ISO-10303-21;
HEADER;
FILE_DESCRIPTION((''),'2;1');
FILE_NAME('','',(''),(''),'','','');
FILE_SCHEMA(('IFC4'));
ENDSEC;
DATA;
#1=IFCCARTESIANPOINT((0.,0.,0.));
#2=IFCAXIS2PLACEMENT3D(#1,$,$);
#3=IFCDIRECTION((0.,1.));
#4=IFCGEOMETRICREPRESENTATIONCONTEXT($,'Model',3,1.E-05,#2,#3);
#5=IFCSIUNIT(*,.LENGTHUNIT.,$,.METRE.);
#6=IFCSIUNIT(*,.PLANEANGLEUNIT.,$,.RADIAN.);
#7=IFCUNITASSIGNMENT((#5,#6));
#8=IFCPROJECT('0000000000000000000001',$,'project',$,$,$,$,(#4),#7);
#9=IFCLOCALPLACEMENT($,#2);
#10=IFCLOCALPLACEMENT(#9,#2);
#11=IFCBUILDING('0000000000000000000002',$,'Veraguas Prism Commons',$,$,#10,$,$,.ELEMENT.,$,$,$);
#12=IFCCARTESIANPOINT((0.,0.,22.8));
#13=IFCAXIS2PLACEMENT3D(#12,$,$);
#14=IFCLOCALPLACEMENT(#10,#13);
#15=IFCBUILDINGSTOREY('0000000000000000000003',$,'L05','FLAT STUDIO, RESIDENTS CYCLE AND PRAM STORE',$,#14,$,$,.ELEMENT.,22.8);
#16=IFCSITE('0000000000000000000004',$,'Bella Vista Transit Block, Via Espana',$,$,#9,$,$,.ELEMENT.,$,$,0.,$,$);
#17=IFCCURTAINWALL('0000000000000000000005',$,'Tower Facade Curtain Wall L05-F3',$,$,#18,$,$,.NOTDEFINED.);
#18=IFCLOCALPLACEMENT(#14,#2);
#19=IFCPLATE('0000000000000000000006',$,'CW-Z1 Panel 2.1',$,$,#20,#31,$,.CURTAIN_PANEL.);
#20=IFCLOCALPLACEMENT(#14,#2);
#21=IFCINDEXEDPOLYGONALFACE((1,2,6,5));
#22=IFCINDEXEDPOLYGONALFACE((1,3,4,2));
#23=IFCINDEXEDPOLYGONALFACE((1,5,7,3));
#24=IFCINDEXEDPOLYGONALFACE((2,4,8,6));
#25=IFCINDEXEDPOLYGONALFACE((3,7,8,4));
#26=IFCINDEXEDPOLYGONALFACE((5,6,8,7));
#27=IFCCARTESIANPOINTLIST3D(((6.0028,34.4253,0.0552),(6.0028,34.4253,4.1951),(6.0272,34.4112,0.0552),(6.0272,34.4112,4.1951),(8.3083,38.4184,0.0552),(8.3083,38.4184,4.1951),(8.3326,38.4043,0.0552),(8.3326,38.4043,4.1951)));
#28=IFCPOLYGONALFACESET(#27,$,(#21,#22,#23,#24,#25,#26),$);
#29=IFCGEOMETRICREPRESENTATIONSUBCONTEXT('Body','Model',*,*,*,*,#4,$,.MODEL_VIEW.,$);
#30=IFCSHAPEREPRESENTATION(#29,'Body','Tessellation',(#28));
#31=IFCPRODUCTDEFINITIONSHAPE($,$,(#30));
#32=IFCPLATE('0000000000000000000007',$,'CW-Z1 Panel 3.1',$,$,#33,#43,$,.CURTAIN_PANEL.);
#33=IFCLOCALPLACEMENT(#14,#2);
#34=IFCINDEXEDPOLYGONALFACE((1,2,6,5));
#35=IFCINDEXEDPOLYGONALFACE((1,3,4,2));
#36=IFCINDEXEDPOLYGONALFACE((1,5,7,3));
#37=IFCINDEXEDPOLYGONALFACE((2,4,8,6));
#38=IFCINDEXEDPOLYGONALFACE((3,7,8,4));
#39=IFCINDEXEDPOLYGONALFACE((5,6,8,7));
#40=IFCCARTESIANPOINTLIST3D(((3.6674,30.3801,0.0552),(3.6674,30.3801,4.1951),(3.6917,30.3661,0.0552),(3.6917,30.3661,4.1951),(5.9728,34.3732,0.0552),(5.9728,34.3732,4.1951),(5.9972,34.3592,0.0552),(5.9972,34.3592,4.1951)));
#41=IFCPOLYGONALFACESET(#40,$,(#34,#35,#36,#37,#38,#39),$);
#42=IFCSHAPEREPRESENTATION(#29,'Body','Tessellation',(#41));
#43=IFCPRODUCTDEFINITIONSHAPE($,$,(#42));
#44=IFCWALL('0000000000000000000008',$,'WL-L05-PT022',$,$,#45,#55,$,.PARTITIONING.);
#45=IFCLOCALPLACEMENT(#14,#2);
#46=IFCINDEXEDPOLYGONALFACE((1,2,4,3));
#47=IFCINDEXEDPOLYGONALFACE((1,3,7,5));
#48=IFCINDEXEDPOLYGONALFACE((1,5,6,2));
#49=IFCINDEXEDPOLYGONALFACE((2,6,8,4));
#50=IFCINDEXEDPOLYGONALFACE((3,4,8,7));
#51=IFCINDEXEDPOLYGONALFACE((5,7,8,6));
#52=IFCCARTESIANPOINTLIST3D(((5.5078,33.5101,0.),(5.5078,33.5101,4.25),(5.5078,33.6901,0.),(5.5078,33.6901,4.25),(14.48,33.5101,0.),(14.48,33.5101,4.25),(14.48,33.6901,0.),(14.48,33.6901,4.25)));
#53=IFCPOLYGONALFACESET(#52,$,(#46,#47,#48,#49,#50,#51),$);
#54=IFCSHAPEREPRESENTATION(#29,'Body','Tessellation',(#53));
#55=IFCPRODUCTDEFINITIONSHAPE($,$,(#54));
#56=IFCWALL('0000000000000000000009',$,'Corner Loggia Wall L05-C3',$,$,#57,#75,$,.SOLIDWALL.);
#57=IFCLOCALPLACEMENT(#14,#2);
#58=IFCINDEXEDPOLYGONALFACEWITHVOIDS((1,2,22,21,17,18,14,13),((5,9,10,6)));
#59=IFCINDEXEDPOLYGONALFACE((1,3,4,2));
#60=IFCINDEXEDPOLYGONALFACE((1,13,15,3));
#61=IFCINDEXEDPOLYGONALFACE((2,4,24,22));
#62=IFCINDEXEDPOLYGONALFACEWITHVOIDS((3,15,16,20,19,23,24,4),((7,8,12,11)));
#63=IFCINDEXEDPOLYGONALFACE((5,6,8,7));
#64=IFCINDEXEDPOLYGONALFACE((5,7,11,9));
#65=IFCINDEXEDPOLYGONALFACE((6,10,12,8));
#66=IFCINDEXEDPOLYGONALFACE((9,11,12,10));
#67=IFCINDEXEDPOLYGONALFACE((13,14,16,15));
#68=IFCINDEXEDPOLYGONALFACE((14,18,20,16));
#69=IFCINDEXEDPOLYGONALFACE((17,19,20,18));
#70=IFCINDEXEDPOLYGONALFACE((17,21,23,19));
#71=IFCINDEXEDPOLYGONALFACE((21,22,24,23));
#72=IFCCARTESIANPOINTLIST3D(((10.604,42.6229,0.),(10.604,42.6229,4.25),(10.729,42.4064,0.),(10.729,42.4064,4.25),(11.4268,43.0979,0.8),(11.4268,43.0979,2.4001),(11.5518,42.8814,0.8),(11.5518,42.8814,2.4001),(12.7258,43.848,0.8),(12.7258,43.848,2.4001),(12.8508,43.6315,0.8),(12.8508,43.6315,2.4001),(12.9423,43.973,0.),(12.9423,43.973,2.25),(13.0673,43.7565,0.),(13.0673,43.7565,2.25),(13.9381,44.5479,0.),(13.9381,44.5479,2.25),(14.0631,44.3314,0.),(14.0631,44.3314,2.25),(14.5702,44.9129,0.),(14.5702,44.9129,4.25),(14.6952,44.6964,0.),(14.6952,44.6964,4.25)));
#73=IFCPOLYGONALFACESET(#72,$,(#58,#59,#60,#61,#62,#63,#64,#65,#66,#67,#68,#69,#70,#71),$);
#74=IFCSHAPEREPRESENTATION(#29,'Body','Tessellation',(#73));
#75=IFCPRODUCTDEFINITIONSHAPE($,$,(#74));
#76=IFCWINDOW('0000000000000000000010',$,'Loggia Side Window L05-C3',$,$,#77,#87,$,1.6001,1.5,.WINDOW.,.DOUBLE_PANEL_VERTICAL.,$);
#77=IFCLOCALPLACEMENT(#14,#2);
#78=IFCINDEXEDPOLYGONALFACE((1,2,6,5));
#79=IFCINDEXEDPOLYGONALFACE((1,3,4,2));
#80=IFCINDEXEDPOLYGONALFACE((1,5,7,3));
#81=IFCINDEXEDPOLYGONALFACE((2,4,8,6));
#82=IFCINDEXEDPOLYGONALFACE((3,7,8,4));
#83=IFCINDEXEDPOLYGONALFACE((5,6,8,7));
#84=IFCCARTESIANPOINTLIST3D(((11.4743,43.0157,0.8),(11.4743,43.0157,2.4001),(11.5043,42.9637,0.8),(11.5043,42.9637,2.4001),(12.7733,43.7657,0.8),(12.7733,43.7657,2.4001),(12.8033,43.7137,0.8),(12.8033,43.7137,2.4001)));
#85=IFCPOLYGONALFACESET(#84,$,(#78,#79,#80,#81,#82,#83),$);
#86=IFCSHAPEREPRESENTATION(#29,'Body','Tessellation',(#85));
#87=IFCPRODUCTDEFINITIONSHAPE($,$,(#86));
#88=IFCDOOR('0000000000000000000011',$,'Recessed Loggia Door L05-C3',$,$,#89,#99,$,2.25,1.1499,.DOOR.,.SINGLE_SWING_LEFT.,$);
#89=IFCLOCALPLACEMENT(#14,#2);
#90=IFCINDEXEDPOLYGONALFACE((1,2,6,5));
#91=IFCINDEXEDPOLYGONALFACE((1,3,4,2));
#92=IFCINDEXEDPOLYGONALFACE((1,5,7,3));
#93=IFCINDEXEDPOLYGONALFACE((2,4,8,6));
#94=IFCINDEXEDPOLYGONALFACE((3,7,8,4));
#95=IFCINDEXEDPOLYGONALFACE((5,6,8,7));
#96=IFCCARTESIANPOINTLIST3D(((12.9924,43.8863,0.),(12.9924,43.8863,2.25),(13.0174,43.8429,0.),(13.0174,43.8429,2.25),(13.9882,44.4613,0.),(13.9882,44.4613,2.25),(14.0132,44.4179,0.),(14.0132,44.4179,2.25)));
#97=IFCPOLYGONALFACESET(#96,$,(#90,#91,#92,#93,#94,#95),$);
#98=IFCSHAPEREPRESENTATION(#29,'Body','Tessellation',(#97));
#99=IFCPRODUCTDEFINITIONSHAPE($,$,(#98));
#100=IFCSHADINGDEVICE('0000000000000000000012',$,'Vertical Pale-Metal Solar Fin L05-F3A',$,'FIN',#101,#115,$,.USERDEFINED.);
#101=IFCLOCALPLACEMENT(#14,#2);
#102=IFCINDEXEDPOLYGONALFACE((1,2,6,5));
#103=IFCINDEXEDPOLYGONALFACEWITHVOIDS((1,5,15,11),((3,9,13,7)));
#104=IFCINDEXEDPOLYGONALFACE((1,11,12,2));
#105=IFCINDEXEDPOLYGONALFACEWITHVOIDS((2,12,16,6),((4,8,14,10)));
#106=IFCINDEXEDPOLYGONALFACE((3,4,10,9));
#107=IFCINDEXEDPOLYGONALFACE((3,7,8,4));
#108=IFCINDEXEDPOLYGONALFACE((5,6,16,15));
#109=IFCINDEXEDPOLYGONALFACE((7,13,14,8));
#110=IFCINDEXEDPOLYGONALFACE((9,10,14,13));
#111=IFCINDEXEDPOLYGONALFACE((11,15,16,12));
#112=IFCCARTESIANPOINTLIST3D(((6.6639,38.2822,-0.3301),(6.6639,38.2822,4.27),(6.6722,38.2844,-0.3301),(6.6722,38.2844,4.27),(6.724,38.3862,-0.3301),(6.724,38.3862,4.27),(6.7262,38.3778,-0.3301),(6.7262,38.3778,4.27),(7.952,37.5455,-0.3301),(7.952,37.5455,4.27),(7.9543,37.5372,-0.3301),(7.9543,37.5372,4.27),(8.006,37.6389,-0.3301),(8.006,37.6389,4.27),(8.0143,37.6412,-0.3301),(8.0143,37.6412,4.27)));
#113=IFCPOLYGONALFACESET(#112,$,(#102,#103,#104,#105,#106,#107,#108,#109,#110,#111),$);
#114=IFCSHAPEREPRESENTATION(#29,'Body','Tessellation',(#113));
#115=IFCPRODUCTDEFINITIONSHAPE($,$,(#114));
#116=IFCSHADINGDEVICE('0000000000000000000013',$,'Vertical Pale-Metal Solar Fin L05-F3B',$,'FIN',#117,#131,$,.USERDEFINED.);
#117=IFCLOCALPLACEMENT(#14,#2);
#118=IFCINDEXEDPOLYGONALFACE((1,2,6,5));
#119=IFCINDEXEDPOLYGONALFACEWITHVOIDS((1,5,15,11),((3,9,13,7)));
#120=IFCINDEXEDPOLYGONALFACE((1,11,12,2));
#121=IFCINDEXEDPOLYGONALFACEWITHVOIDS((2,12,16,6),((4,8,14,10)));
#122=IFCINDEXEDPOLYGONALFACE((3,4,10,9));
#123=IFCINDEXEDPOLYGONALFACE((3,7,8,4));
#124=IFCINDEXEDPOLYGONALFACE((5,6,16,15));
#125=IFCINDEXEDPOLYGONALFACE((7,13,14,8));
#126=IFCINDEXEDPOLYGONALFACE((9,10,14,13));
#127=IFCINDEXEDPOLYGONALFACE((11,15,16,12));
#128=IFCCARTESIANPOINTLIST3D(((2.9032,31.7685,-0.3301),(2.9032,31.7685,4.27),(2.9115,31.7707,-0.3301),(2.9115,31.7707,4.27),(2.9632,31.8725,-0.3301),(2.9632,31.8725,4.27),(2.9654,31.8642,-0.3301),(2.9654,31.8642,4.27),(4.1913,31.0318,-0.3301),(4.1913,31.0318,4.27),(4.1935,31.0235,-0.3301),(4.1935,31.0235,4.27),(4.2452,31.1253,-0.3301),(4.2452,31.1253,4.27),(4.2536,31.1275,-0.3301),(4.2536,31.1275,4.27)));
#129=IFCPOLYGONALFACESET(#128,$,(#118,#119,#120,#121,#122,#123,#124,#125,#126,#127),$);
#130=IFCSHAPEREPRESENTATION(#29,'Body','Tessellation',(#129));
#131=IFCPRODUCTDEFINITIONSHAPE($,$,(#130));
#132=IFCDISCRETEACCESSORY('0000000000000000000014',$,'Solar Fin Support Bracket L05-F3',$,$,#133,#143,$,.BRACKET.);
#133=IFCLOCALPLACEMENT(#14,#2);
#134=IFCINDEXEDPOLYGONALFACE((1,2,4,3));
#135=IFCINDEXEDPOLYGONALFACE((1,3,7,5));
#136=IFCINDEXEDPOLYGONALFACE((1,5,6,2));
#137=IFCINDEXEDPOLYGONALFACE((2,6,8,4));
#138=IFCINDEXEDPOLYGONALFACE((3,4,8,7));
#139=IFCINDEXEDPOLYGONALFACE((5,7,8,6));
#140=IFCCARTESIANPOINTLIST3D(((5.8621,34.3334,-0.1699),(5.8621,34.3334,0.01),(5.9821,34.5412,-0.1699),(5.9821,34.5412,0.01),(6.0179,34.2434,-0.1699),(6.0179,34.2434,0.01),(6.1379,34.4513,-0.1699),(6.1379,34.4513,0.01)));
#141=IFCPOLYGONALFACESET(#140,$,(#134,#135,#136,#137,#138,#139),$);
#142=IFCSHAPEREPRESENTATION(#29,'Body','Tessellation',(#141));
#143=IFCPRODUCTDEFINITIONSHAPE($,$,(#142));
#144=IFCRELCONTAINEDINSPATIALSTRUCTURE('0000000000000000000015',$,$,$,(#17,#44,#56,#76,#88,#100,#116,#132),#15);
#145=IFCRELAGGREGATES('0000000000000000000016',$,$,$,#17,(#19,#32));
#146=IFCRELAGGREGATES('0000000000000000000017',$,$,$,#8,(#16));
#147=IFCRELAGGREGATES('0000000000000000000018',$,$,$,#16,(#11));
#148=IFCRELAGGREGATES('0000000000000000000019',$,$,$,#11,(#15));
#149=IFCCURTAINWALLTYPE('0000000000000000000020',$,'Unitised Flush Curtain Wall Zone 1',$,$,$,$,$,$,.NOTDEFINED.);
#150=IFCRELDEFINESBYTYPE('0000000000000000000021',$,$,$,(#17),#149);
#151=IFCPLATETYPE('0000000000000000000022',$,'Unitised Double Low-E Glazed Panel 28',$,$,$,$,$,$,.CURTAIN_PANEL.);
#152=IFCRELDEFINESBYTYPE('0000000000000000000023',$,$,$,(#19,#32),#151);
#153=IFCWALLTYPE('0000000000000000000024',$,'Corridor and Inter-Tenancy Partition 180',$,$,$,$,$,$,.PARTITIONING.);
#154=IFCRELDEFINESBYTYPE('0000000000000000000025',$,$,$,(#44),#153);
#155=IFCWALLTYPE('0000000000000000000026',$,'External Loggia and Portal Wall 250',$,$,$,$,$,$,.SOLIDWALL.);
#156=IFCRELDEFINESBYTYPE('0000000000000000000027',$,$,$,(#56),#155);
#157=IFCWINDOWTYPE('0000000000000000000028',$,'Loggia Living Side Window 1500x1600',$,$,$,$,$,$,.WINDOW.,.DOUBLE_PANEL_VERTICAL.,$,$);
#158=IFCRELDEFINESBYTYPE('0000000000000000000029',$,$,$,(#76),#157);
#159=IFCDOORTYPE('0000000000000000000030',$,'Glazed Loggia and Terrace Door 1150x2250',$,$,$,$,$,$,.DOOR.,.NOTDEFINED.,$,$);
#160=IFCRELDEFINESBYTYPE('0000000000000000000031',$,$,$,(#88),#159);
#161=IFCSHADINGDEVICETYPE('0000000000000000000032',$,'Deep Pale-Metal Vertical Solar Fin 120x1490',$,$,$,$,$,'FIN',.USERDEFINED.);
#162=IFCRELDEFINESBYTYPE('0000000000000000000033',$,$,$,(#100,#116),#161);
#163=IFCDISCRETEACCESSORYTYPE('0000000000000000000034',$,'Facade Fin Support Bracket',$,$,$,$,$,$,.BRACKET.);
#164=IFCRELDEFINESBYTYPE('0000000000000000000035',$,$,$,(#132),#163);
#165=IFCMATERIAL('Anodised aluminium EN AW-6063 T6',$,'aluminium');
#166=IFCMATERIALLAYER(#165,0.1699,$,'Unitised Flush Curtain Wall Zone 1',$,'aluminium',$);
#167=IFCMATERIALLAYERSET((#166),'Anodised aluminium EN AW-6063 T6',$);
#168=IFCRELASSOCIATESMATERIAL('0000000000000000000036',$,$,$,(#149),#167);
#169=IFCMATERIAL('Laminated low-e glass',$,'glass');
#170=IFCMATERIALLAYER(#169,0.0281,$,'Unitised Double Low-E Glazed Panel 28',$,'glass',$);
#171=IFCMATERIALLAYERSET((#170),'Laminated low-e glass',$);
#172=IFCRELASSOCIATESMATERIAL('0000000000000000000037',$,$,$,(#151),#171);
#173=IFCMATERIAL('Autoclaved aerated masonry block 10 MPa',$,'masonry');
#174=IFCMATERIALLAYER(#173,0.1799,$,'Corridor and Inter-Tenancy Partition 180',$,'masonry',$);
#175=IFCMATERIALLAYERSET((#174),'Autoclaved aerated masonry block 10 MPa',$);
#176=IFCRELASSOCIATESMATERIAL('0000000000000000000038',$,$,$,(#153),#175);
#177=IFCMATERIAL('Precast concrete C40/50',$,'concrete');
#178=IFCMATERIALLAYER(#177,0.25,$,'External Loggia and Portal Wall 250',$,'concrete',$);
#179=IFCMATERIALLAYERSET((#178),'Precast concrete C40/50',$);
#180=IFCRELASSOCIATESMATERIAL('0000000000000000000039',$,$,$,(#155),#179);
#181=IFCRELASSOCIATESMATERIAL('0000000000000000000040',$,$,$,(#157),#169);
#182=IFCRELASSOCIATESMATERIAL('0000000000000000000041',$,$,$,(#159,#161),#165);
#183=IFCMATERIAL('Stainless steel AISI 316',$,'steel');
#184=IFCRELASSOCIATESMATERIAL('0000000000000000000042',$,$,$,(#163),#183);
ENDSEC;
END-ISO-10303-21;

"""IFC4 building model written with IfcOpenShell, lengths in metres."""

from ifc_helpers import new_model, si_unit, direction, frame, frame_2d, origin, origin_2d, place, context, subcontext, project, spatial, rectangle, hollow_rectangle, extrude, source, transform, mapped, material, layer, layer_set, material_profile, profile_set, type_object, element, fill, aggregate, save


model = new_model("IFC4")

# Units and contexts
model_context = context("Model", 3, precision=1e-05, world=origin(), true_north=direction((0.0, 1.0)))
body_context = subcontext(model_context, "Body", "Model", "MODEL_VIEW")
ifc_project = project(units=[si_unit("LENGTHUNIT", "METRE"), si_unit("PLANEANGLEUNIT", "RADIAN")], contexts=[model_context])

# Site, building, storey
site_placement = place(None, origin())
site = spatial("IfcSite", under=ifc_project, at=site_placement, Name="Bella Vista Transit Block, Via Espana", CompositionType="ELEMENT", RefElevation=0.0)
building_placement = place(site_placement, origin())
building = spatial("IfcBuilding", under=site, at=building_placement, Name="Veraguas Prism Commons", CompositionType="ELEMENT")
storey_placement = place(building_placement, frame((0.0, 0.0, 22.8)))
storey = spatial("IfcBuildingStorey", under=building, at=storey_placement, Name="L05", Description="FLAT STUDIO, RESIDENTS CYCLE AND PRAM STORE", CompositionType="ELEMENT", Elevation=22.8)

# Curtain wall, plates
ifc_material_1 = material(Name="Anodised aluminium EN AW-6063 T6", Category="aluminium")
ifc_layer_1 = layer(ifc_material_1, 0.1699, Name="Unitised Flush Curtain Wall Zone 1", Category="aluminium")
ifc_layer_set_1 = layer_set([ifc_layer_1], Name="Anodised aluminium EN AW-6063 T6")
curtain_wall_type = type_object("IfcCurtainWallType", Name="Unitised Flush Curtain Wall Zone 1", PredefinedType="NOTDEFINED", material=ifc_layer_set_1)
curtain_wall_placement = place(storey_placement, origin())
curtain_wall = element("IfcCurtainWall", 1, at=curtain_wall_placement, inside=storey, type_object=curtain_wall_type, Name="Tower Facade Curtain Wall L05-F3", PredefinedType="NOTDEFINED")
ifc_material_2 = material(Name="Laminated low-e glass", Category="glass")
ifc_layer_2 = layer(ifc_material_2, 0.0281, Name="Unitised Double Low-E Glazed Panel 28", Category="glass")
ifc_layer_set_2 = layer_set([ifc_layer_2], Name="Laminated low-e glass")
plate_type = type_object("IfcPlateType", Name="Unitised Double Low-E Glazed Panel 28", PredefinedType="CURTAIN_PANEL", material=ifc_layer_set_2)
shared_shape_1 = source(origin(), body_context, "Body", "SweptSolid", [
    extrude(rectangle(XDim=4.6108, YDim=0.0281, at=origin_2d()), origin(), (0.0, 0.0, 1.0), 4.1399),
])
plate_1_placement = place(storey_placement, frame((7.1677, 36.4148, 0.0552), z_axis=(0.0, 0.0, 1.0), x_axis=(-0.500005, -0.866023, 0.0)))
plate_1 = element("IfcPlate", 2, at=plate_1_placement, type_object=plate_type, Name="CW-Z1 Panel 2.1", PredefinedType="CURTAIN_PANEL", context=body_context, shape_type="MappedRepresentation", body=[
    mapped(shared_shape_1, transform((0.0, 0.0, 0.0), scale=1.0)),
])
plate_2_placement = place(storey_placement, frame((4.8323, 32.3696, 0.0552), z_axis=(0.0, 0.0, 1.0), x_axis=(-0.500005, -0.866023, 0.0)))
plate_2 = element("IfcPlate", 3, at=plate_2_placement, type_object=plate_type, Name="CW-Z1 Panel 3.1", PredefinedType="CURTAIN_PANEL", context=body_context, shape_type="MappedRepresentation", body=[
    mapped(shared_shape_1, transform((0.0, 0.0, 0.0), scale=1.0)),
])
aggregate(curtain_wall, [plate_1, plate_2])

# Wall
ifc_material_3 = material(Name="Autoclaved aerated masonry block 10 MPa", Category="masonry")
ifc_layer_3 = layer(ifc_material_3, 0.1799, Name="Corridor and Inter-Tenancy Partition 180", Category="masonry")
ifc_layer_set_3 = layer_set([ifc_layer_3], Name="Autoclaved aerated masonry block 10 MPa")
wall_type_1 = type_object("IfcWallType", Name="Corridor and Inter-Tenancy Partition 180", PredefinedType="PARTITIONING", material=ifc_layer_set_3)
wall_1_placement = place(storey_placement, frame((14.48, 33.6001, 0.0), z_axis=(0.0, 0.0, 1.0), x_axis=(-1.0, 0.0, 0.0)))
element("IfcWall", 4, at=wall_1_placement, inside=storey, type_object=wall_type_1, Name="WL-L05-PT022", PredefinedType="PARTITIONING", context=body_context, shape_type="SweptSolid", body=[
    extrude(rectangle(XDim=8.9722, YDim=0.1799, at=frame_2d((4.4861, 0.0))), origin(), (0.0, 0.0, 1.0), 4.25),
])

# Wall, openings, window, door
ifc_material_4 = material(Name="Precast concrete C40/50", Category="concrete")
ifc_layer_4 = layer(ifc_material_4, 0.25, Name="External Loggia and Portal Wall 250", Category="concrete")
ifc_layer_set_4 = layer_set([ifc_layer_4], Name="Precast concrete C40/50")
wall_type_2 = type_object("IfcWallType", Name="External Loggia and Portal Wall 250", PredefinedType="SOLIDWALL", material=ifc_layer_set_4)
wall_2_placement = place(storey_placement, frame((14.6328, 44.8047, 0.0), z_axis=(0.0, 0.0, 1.0), x_axis=(-0.866017, -0.500015, 0.0)))
wall_2 = element("IfcWall", 5, at=wall_2_placement, inside=storey, type_object=wall_type_2, Name="Corner Loggia Wall L05-C3", PredefinedType="SOLIDWALL", context=body_context, shape_type="SweptSolid", body=[
    extrude(rectangle(XDim=4.5798, YDim=0.25, at=frame_2d((2.29, 0.0))), origin(), (0.0, 0.0, 1.0), 4.25),
])
opening_1_placement = place(wall_2_placement, frame((0.73, 0.0, 0.0)))
opening_1 = element("IfcOpeningElement", 6, at=opening_1_placement, cuts=wall_2, PredefinedType="OPENING", context=body_context, shape_type="SweptSolid", body=[
    extrude(rectangle(XDim=1.1499, YDim=2.25, at=frame_2d((0.575, 1.125))), frame((0.0, 0.135, 0.0), z_axis=(0.0, -1.0, 0.0), x_axis=(1.0, 0.0, 0.0)), (0.0, 0.0, 1.0), 0.27),
])
opening_2_placement = place(wall_2_placement, frame((2.1299, 0.0, 0.8)))
opening_2 = element("IfcOpeningElement", 7, at=opening_2_placement, cuts=wall_2, PredefinedType="OPENING", context=body_context, shape_type="SweptSolid", body=[
    extrude(rectangle(XDim=1.5, YDim=1.6001, at=frame_2d((0.75, 0.8))), frame((0.0, 0.135, 0.0), z_axis=(0.0, -1.0, 0.0), x_axis=(1.0, 0.0, 0.0)), (0.0, 0.0, 1.0), 0.27),
])
window_type = type_object("IfcWindowType", Name="Loggia Living Side Window 1500x1600", PartitioningType="DOUBLE_PANEL_VERTICAL", PredefinedType="WINDOW", material=ifc_material_2)
shared_shape_2 = source(origin(), body_context, "Body", "SweptSolid", [
    extrude(rectangle(XDim=1.5, YDim=1.6001, at=frame_2d((0.75, 0.8))), frame((0.0, 0.03, 0.0), z_axis=(0.0, -1.0, 0.0), x_axis=(1.0, 0.0, 0.0)), (0.0, 0.0, 1.0), 0.0601),
])
window_placement = place(opening_2_placement, origin())
window = element("IfcWindow", 8, at=window_placement, inside=storey, type_object=window_type, Name="Loggia Side Window L05-C3", OverallHeight=1.6001, OverallWidth=1.5, PartitioningType="DOUBLE_PANEL_VERTICAL", PredefinedType="WINDOW", context=body_context, shape_type="MappedRepresentation", body=[
    mapped(shared_shape_2, transform((0.0, 0.0, 0.0), scale=1.0)),
])
fill(opening_2, window)
door_type = type_object("IfcDoorType", Name="Glazed Loggia and Terrace Door 1150x2250", OperationType="NOTDEFINED", PredefinedType="DOOR", material=ifc_material_1)
shared_shape_3 = source(origin(), body_context, "Body", "SweptSolid", [
    extrude(rectangle(XDim=1.1499, YDim=2.25, at=frame_2d((0.575, 1.125))), frame((0.0, 0.0249, 0.0), z_axis=(0.0, -1.0, 0.0), x_axis=(1.0, 0.0, 0.0)), (0.0, 0.0, 1.0), 0.05),
])
door_placement = place(opening_1_placement, frame((1.1499, 0.0, 0.0), z_axis=(0.0, 0.0, 1.0), x_axis=(-1.0, 0.0, 0.0)))
door = element("IfcDoor", 9, at=door_placement, inside=storey, type_object=door_type, Name="Recessed Loggia Door L05-C3", OperationType="SINGLE_SWING_LEFT", OverallHeight=2.25, OverallWidth=1.1499, PredefinedType="DOOR", context=body_context, shape_type="MappedRepresentation", body=[
    mapped(shared_shape_3, transform((0.0, 0.0, 0.0), scale=1.0)),
])
fill(opening_1, door)

# Shading devices
ifc_material_profile_1 = material_profile(ifc_material_1, hollow_rectangle(XDim=0.1201, YDim=1.49, WallThickness=0.0061, at=origin_2d()), Name="FIN120X1490X6")
ifc_profile_set_1 = profile_set([ifc_material_profile_1], Name="Anodised aluminium EN AW-6063 T6")
shading_device_type = type_object("IfcShadingDeviceType", Name="Deep Pale-Metal Vertical Solar Fin 120x1490", ElementType="FIN", PredefinedType="USERDEFINED", material=ifc_profile_set_1)
for number, where, z_axis, x_axis, name in (
    (10, (7.3391, 37.9617, -0.3301), (0.0, 0.0, 1.0), (-0.500003, -0.866024, 0.0), "Vertical Pale-Metal Solar Fin L05-F3A"),
    (11, (3.5784, 31.448, -0.3301), (0.0, 0.0, 1.0), (-0.500003, -0.866024, 0.0), "Vertical Pale-Metal Solar Fin L05-F3B"),
):
    element("IfcShadingDevice", number, at=place(storey_placement, frame(where, z_axis=z_axis, x_axis=x_axis)), inside=storey, type_object=shading_device_type, Name=name, ObjectType="FIN", PredefinedType="USERDEFINED", context=body_context, shape_type="SweptSolid", body=[
        extrude(hollow_rectangle(XDim=0.1201, YDim=1.49, WallThickness=0.0061, at=origin_2d()), origin(), (0.0, 0.0, 1.0), 4.6001),
    ])

# Shared definitions
ifc_material_5 = material(Name="Stainless steel AISI 316", Category="steel")

# Discrete accessory
discrete_accessory_type = type_object("IfcDiscreteAccessoryType", Name="Facade Fin Support Bracket", PredefinedType="BRACKET", material=ifc_material_5)
shared_shape_4 = source(origin(), body_context, "Body", "SweptSolid", [
    extrude(rectangle(XDim=0.24, YDim=0.1799, at=origin_2d()), origin(), (0.0, 0.0, 1.0), 0.1799),
])
discrete_accessory_placement = place(storey_placement, frame((6.0, 34.3923, -0.1699), z_axis=(0.0, 0.0, 1.0), x_axis=(-0.500003, -0.866024, 0.0)))
element("IfcDiscreteAccessory", 12, at=discrete_accessory_placement, inside=storey, type_object=discrete_accessory_type, Name="Solar Fin Support Bracket L05-F3", PredefinedType="BRACKET", context=body_context, shape_type="MappedRepresentation", body=[
    mapped(shared_shape_4, transform((0.0, 0.0, 0.0), scale=1.0)),
])

save(model, "model.ifc")
